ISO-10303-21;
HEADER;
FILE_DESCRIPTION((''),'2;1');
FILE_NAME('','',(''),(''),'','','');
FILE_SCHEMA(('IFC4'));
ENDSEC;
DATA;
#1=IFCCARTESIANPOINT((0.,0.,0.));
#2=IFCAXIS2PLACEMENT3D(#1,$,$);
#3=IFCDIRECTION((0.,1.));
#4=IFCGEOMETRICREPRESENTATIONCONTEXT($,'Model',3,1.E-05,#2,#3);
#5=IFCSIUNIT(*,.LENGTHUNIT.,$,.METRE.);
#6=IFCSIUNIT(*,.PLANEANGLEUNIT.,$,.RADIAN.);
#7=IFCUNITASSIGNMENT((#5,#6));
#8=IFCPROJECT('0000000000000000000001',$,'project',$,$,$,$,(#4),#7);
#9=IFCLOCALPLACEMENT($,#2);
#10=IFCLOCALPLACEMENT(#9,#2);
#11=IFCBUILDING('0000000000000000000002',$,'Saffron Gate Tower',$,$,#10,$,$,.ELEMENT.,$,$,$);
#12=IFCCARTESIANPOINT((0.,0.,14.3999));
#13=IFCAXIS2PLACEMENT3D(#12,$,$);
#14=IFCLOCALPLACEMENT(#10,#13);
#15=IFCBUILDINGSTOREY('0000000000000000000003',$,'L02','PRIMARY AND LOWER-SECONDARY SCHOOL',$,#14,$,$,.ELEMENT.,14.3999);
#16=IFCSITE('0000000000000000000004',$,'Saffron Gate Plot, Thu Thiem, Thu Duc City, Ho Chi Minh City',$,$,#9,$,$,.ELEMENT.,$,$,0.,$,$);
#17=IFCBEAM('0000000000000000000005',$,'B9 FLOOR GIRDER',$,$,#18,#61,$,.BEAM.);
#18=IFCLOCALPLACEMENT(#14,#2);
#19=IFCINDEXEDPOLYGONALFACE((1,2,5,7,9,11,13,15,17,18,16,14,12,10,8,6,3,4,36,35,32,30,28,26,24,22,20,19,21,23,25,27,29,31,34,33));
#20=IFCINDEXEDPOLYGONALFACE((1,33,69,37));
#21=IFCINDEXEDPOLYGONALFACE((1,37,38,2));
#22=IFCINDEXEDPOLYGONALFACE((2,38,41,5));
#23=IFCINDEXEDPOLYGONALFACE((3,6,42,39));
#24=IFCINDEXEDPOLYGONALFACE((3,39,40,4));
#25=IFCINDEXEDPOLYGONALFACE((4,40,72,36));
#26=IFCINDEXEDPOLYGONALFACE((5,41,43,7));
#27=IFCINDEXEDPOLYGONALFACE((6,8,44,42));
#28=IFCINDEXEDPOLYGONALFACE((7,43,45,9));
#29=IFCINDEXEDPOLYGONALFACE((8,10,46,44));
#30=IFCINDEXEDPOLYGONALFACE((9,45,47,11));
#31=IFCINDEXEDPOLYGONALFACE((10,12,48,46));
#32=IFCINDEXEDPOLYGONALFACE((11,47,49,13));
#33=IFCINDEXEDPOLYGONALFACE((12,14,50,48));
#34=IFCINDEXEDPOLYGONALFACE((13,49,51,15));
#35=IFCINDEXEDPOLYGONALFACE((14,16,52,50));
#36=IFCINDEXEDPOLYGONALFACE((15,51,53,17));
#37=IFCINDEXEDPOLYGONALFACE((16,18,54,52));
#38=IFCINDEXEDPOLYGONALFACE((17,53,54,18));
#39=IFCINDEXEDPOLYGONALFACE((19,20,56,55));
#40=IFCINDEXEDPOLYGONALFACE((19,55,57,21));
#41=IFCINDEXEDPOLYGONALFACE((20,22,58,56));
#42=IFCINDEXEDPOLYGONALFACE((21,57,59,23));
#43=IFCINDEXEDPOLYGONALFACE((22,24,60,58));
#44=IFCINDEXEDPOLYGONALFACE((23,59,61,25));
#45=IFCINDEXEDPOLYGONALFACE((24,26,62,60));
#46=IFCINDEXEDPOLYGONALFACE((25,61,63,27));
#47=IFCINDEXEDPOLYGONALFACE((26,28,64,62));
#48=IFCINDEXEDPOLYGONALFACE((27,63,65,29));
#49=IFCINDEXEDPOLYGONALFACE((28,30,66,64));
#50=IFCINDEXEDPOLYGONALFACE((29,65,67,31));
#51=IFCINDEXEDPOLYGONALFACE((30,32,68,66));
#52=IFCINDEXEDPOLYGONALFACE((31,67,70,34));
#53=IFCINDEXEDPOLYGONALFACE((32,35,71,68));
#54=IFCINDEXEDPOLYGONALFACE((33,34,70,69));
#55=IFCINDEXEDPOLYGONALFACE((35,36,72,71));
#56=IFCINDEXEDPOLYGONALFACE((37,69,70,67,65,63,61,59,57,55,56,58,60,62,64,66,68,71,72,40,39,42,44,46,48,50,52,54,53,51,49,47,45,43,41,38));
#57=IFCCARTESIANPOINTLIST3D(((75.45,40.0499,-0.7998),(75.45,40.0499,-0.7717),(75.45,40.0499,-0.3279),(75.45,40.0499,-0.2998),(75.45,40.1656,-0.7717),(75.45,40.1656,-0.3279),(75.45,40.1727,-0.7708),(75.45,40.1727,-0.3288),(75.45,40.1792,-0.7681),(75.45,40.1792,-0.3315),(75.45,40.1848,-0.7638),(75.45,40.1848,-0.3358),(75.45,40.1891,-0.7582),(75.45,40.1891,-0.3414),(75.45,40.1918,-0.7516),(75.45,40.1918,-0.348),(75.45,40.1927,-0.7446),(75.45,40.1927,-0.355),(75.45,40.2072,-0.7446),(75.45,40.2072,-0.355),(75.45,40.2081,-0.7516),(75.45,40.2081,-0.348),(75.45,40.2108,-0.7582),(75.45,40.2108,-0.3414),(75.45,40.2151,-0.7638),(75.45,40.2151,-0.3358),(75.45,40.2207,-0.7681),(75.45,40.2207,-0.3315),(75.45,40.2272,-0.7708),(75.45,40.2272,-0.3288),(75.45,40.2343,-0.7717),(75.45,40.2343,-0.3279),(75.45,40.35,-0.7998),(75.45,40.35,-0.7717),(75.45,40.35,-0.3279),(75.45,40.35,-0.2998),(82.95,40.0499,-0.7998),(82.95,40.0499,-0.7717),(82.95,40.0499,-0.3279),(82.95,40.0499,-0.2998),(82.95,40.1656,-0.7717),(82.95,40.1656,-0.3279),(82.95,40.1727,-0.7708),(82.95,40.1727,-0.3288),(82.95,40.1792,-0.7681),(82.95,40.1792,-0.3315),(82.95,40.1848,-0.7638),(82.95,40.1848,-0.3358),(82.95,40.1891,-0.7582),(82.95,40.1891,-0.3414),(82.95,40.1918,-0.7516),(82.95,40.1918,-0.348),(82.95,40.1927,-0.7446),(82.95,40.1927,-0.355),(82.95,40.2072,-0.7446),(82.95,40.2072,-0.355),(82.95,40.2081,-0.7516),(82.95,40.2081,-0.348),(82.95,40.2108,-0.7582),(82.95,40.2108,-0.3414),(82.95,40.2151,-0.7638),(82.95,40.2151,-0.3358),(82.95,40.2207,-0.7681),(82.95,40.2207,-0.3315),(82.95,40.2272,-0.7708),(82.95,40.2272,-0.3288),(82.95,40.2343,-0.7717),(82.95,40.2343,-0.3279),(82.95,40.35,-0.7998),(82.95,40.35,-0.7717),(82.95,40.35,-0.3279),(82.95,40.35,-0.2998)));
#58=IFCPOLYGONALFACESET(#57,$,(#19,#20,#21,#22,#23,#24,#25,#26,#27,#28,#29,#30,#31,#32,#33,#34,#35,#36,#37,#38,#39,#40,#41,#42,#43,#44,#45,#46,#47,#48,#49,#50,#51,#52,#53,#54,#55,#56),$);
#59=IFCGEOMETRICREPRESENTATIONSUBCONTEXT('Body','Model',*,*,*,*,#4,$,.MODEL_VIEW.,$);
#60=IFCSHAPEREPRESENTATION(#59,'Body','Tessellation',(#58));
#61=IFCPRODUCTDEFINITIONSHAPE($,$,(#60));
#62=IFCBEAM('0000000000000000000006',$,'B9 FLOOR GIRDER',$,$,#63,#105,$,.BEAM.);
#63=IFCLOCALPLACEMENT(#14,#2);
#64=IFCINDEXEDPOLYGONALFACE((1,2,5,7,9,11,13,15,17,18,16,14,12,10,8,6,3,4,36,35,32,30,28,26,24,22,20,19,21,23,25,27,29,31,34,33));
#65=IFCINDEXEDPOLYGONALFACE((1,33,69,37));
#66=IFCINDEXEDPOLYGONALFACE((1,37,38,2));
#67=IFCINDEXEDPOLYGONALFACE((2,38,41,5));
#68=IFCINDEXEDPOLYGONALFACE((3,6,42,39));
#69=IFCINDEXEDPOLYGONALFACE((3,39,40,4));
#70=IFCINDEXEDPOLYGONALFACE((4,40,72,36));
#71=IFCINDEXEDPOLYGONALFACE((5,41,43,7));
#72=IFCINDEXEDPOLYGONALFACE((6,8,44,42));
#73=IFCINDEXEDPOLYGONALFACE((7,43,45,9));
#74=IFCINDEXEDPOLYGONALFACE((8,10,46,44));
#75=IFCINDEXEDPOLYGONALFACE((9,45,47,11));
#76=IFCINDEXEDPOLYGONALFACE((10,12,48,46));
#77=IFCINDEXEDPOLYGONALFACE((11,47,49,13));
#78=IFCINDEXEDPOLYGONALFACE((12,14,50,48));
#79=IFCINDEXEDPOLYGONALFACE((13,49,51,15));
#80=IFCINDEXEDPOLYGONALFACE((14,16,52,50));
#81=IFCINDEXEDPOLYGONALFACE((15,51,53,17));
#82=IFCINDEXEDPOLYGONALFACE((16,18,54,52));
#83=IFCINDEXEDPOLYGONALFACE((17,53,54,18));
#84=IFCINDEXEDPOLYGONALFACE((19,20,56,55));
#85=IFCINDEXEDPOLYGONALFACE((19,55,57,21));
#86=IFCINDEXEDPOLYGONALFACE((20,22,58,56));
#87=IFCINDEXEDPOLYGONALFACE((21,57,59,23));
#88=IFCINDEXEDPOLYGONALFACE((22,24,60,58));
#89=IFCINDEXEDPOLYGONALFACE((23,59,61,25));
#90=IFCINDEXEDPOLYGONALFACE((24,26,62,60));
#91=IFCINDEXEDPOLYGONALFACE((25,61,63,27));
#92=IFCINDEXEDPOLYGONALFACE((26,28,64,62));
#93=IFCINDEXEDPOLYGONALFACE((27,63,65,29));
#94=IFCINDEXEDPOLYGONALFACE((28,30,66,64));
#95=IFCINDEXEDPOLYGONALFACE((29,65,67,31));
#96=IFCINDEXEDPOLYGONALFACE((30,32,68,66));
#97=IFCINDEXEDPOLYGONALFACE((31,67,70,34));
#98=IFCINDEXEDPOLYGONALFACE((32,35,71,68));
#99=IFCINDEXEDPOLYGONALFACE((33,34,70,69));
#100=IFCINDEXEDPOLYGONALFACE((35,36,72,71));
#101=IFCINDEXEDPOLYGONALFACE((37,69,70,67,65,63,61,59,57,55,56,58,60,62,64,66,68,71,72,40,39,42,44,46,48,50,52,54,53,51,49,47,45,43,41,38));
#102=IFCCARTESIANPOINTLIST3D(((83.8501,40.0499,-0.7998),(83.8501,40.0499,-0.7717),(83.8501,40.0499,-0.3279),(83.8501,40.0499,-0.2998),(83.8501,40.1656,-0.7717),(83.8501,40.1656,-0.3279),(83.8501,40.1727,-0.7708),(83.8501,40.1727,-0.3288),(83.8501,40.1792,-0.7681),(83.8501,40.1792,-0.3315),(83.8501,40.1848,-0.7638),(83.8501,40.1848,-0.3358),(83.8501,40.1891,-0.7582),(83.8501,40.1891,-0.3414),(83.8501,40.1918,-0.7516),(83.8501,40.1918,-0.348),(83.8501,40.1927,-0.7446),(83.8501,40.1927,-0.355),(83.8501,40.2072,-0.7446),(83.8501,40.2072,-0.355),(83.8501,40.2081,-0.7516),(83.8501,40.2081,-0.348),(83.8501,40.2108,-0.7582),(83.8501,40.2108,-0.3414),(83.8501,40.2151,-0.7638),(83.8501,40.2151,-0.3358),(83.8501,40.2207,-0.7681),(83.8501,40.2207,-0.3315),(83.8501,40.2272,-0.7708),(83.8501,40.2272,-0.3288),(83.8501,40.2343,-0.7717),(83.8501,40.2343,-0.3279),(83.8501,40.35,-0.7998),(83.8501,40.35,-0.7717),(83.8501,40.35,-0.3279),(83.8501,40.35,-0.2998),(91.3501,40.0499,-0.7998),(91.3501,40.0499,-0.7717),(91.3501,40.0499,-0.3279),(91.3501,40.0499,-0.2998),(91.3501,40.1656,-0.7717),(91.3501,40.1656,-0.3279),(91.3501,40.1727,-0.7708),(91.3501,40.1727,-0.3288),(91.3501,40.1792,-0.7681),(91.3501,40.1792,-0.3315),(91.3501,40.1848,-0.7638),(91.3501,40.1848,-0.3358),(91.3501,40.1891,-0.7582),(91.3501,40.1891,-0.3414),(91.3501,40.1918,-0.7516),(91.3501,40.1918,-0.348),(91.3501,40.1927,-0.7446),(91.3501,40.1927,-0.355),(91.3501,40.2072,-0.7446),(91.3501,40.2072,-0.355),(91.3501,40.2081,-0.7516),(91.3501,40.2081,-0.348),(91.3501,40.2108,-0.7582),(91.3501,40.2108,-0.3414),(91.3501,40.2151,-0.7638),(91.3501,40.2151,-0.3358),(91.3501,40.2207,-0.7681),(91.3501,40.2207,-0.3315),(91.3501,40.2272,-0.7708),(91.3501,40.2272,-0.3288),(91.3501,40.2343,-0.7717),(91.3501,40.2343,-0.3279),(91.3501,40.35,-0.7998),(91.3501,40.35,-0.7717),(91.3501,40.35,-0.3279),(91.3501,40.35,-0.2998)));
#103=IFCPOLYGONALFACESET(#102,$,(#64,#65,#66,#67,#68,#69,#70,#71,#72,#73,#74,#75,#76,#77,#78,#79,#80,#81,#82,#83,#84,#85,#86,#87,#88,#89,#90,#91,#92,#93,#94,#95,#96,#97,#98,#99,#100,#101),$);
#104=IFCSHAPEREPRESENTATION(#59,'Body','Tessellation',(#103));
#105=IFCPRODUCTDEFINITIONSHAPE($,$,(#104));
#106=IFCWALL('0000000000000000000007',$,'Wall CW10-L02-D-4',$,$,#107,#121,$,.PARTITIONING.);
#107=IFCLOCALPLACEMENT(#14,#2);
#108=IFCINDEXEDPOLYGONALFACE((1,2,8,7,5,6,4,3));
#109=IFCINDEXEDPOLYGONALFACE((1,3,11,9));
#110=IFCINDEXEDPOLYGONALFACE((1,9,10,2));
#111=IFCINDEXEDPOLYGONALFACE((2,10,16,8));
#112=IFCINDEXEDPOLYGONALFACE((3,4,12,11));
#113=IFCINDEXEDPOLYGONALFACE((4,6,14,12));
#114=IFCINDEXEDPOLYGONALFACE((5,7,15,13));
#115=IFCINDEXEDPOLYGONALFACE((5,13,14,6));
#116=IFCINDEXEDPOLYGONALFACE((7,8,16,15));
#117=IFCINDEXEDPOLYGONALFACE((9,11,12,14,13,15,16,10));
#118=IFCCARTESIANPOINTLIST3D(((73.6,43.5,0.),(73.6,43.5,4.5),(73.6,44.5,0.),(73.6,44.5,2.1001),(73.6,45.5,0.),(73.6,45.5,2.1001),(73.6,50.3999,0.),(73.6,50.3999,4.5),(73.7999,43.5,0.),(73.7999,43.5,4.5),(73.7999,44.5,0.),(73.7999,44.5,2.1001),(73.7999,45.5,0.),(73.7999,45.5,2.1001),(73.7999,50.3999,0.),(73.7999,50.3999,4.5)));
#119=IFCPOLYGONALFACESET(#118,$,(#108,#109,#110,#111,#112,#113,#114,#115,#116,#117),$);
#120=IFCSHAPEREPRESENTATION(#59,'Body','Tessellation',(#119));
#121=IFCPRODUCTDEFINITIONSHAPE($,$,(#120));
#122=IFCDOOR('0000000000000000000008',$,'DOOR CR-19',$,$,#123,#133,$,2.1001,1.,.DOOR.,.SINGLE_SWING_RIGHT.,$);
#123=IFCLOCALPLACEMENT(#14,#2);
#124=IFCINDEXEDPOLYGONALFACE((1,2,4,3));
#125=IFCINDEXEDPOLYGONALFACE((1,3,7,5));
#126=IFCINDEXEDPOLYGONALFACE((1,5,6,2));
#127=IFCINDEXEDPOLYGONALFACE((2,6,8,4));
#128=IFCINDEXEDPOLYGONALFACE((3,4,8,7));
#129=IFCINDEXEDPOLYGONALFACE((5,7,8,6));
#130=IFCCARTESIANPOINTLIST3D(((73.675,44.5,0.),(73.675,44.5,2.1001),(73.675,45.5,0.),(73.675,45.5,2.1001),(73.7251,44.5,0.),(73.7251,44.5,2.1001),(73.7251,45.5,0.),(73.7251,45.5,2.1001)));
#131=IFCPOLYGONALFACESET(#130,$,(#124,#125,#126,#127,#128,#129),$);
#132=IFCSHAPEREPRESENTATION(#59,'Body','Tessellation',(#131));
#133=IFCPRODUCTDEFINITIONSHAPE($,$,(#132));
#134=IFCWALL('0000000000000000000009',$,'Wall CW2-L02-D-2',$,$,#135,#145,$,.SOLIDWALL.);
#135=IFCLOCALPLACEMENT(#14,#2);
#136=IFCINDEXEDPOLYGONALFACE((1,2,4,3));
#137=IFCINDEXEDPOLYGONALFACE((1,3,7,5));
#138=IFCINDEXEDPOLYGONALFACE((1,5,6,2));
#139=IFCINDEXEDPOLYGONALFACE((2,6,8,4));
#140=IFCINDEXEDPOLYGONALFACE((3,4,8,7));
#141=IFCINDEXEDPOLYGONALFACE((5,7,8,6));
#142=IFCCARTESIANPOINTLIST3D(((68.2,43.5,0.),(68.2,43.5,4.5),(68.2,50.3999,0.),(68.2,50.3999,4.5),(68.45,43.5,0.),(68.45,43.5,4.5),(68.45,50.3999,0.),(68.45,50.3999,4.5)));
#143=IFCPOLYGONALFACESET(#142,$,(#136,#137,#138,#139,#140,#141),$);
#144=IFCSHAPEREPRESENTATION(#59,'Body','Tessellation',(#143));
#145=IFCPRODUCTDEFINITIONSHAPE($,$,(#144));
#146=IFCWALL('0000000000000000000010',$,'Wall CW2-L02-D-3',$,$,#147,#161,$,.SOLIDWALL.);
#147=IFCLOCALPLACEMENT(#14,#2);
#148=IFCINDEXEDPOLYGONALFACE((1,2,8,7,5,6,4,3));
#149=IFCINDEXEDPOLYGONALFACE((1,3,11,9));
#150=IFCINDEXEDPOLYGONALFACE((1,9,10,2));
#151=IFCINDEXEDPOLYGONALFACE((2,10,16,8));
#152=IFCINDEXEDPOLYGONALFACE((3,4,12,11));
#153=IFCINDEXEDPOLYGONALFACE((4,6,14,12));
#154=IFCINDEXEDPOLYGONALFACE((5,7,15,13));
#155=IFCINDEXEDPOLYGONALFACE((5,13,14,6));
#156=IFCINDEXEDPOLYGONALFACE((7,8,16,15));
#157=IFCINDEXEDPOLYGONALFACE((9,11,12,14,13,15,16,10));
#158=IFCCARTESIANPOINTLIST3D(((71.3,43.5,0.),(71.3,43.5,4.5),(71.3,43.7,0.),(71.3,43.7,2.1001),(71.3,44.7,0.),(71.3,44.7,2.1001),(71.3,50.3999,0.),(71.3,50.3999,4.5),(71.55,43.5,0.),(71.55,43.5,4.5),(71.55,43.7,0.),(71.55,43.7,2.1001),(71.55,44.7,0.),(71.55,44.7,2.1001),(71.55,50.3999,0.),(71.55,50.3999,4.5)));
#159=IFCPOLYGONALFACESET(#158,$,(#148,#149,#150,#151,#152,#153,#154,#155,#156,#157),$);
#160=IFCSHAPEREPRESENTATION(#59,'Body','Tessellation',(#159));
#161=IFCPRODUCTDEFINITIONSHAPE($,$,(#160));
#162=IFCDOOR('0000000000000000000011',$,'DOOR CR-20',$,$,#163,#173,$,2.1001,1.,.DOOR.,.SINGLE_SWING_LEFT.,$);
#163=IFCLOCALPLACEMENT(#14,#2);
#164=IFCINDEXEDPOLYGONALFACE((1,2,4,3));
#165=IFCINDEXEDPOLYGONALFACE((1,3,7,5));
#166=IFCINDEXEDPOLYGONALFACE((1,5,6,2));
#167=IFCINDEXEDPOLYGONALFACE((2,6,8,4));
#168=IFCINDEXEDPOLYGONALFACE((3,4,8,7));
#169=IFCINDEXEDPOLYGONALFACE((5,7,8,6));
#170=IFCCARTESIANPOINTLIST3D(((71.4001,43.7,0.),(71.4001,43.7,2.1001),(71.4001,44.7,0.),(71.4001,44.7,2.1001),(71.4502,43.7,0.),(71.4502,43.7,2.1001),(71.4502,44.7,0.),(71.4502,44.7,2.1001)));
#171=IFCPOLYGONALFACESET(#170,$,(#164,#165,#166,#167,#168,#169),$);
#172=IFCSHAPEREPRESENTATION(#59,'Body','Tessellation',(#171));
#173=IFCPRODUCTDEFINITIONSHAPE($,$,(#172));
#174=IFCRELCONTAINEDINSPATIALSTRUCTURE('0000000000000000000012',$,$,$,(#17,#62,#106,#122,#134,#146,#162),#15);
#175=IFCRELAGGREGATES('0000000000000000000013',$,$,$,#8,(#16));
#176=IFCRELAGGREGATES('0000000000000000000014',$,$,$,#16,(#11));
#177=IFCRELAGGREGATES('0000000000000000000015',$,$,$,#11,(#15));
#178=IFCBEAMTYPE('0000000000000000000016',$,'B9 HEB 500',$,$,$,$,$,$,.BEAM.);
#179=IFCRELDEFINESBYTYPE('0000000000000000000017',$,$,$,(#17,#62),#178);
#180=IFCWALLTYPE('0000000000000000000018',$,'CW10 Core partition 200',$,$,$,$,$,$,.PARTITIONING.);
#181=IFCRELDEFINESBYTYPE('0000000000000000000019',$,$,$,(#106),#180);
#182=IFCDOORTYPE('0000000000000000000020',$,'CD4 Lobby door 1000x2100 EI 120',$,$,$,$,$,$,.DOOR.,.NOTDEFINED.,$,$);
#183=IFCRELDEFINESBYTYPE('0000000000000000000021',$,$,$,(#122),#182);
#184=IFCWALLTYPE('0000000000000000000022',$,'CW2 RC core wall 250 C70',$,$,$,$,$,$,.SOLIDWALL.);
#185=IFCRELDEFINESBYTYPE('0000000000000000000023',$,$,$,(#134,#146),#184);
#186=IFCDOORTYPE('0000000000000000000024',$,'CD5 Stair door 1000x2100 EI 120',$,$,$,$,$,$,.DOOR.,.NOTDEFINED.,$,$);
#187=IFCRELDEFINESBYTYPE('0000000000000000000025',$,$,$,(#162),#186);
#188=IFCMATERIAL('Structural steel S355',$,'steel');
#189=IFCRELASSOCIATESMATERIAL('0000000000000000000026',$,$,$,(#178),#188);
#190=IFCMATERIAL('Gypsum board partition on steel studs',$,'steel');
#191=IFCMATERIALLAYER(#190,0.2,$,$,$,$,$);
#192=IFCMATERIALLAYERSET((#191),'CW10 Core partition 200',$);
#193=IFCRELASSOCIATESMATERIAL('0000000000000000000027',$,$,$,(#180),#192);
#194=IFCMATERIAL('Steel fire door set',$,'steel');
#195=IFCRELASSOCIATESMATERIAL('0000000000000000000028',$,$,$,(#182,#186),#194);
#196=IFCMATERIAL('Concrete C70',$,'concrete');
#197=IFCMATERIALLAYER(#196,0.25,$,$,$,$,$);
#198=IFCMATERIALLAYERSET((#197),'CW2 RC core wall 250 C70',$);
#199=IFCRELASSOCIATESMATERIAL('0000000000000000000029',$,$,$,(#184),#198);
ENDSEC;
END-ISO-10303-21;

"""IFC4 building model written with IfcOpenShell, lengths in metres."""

from ifc_helpers import new_model, si_unit, direction, frame, frame_2d, origin, origin_2d, place, context, subcontext, project, spatial, rectangle, i_section, extrude, material, layer, layer_set, material_profile, profile_set, type_object, element, fill, save


model = new_model("IFC4")

# Units and contexts
model_context = context("Model", 3, precision=1e-05, world=origin(), true_north=direction((0.0, 1.0)))
body_context = subcontext(model_context, "Body", "Model", "MODEL_VIEW")
ifc_project = project(units=[si_unit("LENGTHUNIT", "METRE"), si_unit("PLANEANGLEUNIT", "RADIAN")], contexts=[model_context])

# Site, building, storey
site_placement = place(None, origin())
site = spatial("IfcSite", under=ifc_project, at=site_placement, Name="Saffron Gate Plot, Thu Thiem, Thu Duc City, Ho Chi Minh City", CompositionType="ELEMENT", RefElevation=0.0)
building_placement = place(site_placement, origin())
building = spatial("IfcBuilding", under=site, at=building_placement, Name="Saffron Gate Tower", CompositionType="ELEMENT")
storey_placement = place(building_placement, frame((0.0, 0.0, 14.3999)))
storey = spatial("IfcBuildingStorey", under=building, at=storey_placement, Name="L02", Description="PRIMARY AND LOWER-SECONDARY SCHOOL", CompositionType="ELEMENT", Elevation=14.3999)

# Beams
ifc_material_1 = material(Name="Structural steel S355", Category="steel")
ifc_material_profile_1 = material_profile(ifc_material_1, i_section(OverallWidth=0.3, OverallDepth=0.5, WebThickness=0.0144, FlangeThickness=0.0281, FilletRadius=0.0271, at=origin_2d()))
ifc_profile_set_1 = profile_set([ifc_material_profile_1], Name="Structural steel S355")
beam_type_1 = type_object("IfcBeamType", Name="B9 HEB 500", PredefinedType="BEAM", material=ifc_profile_set_1)
for number, where, z_axis, x_axis, name in (
    (1, (75.45, 40.2, -0.5498), (1.0, 0.0, 0.0), (0.0, 1.0, 0.0), "B9 FLOOR GIRDER"),
    (2, (83.8501, 40.2, -0.5498), (1.0, 0.0, 0.0), (0.0, 1.0, 0.0), "B9 FLOOR GIRDER"),
):
    element("IfcBeam", number, at=place(storey_placement, frame(where, z_axis=z_axis, x_axis=x_axis)), inside=storey, type_object=beam_type_1, Name=name, PredefinedType="BEAM", context=body_context, shape_type="SweptSolid", body=[
        extrude(i_section(OverallWidth=0.3, OverallDepth=0.5, WebThickness=0.0144, FlangeThickness=0.0281, FilletRadius=0.0271, at=origin_2d()), origin(), (0.0, 0.0, 1.0), 7.5),
    ])

# Wall, opening, door
ifc_material_2 = material(Name="Gypsum board partition on steel studs", Category="steel")
ifc_layer_1 = layer(ifc_material_2, 0.2)
ifc_layer_set_1 = layer_set([ifc_layer_1], Name="CW10 Core partition 200")
wall_type_1 = type_object("IfcWallType", Name="CW10 Core partition 200", PredefinedType="PARTITIONING", material=ifc_layer_set_1)
wall_1_placement = place(storey_placement, frame((73.7, 43.5, 0.0), z_axis=(0.0, 0.0, 1.0), x_axis=(0.0, 1.0, 0.0)))
wall_1 = element("IfcWall", 3, at=wall_1_placement, inside=storey, type_object=wall_type_1, Name="Wall CW10-L02-D-4", PredefinedType="PARTITIONING", context=body_context, shape_type="SweptSolid", body=[
    extrude(rectangle(XDim=6.8999, YDim=0.2, at=frame_2d((3.45, 0.0))), origin(), (0.0, 0.0, 1.0), 4.5),
])
opening_1_placement = place(wall_1_placement, frame((1.0, 0.0, 0.0)))
opening_1 = element("IfcOpeningElement", 4, at=opening_1_placement, cuts=wall_1, PredefinedType="OPENING", context=body_context, shape_type="SweptSolid", body=[
    extrude(rectangle(XDim=1.0, YDim=2.1001, at=frame_2d((0.5, 1.05))), frame((0.0, 0.1099, 0.0), z_axis=(0.0, -1.0, 0.0), x_axis=(1.0, 0.0, 0.0)), (0.0, 0.0, 1.0), 0.22),
])
ifc_material_3 = material(Name="Steel fire door set", Category="steel")
door_type_1 = type_object("IfcDoorType", Name="CD4 Lobby door 1000x2100 EI 120", OperationType="NOTDEFINED", PredefinedType="DOOR", material=ifc_material_3)
door_1_placement = place(opening_1_placement, origin())
door_1 = element("IfcDoor", 5, at=door_1_placement, inside=storey, type_object=door_type_1, Name="DOOR CR-19", OperationType="SINGLE_SWING_RIGHT", OverallHeight=2.1001, OverallWidth=1.0, PredefinedType="DOOR", context=body_context, shape_type="SweptSolid", body=[
    extrude(rectangle(XDim=1.0, YDim=2.1001, at=frame_2d((0.5, 1.05))), frame((0.0, 0.0249, 0.0), z_axis=(0.0, -1.0, 0.0), x_axis=(1.0, 0.0, 0.0)), (0.0, 0.0, 1.0), 0.05),
])
fill(opening_1, door_1)

# Wall
ifc_material_4 = material(Name="Concrete C70", Category="concrete")
ifc_layer_2 = layer(ifc_material_4, 0.25)
ifc_layer_set_2 = layer_set([ifc_layer_2], Name="CW2 RC core wall 250 C70")
wall_type_2 = type_object("IfcWallType", Name="CW2 RC core wall 250 C70", PredefinedType="SOLIDWALL", material=ifc_layer_set_2)
wall_2_placement = place(storey_placement, frame((68.325, 43.5, 0.0), z_axis=(0.0, 0.0, 1.0), x_axis=(0.0, 1.0, 0.0)))
element("IfcWall", 6, at=wall_2_placement, inside=storey, type_object=wall_type_2, Name="Wall CW2-L02-D-2", PredefinedType="SOLIDWALL", context=body_context, shape_type="SweptSolid", body=[
    extrude(rectangle(XDim=6.8999, YDim=0.25, at=frame_2d((3.45, 0.0))), origin(), (0.0, 0.0, 1.0), 4.5),
])

# Wall, opening, door
wall_3_placement = place(storey_placement, frame((71.425, 43.5, 0.0), z_axis=(0.0, 0.0, 1.0), x_axis=(0.0, 1.0, 0.0)))
wall_3 = element("IfcWall", 7, at=wall_3_placement, inside=storey, type_object=wall_type_2, Name="Wall CW2-L02-D-3", PredefinedType="SOLIDWALL", context=body_context, shape_type="SweptSolid", body=[
    extrude(rectangle(XDim=6.8999, YDim=0.25, at=frame_2d((3.45, 0.0))), origin(), (0.0, 0.0, 1.0), 4.5),
])
opening_2_placement = place(wall_3_placement, frame((0.2, 0.0, 0.0)))
opening_2 = element("IfcOpeningElement", 8, at=opening_2_placement, cuts=wall_3, PredefinedType="OPENING", context=body_context, shape_type="SweptSolid", body=[
    extrude(rectangle(XDim=1.0, YDim=2.1001, at=frame_2d((0.5, 1.05))), frame((0.0, 0.135, 0.0), z_axis=(0.0, -1.0, 0.0), x_axis=(1.0, 0.0, 0.0)), (0.0, 0.0, 1.0), 0.27),
])
door_type_2 = type_object("IfcDoorType", Name="CD5 Stair door 1000x2100 EI 120", OperationType="NOTDEFINED", PredefinedType="DOOR", material=ifc_material_3)
door_2_placement = place(opening_2_placement, origin())
door_2 = element("IfcDoor", 9, at=door_2_placement, inside=storey, type_object=door_type_2, Name="DOOR CR-20", OperationType="SINGLE_SWING_LEFT", OverallHeight=2.1001, OverallWidth=1.0, PredefinedType="DOOR", context=body_context, shape_type="SweptSolid", body=[
    extrude(rectangle(XDim=1.0, YDim=2.1001, at=frame_2d((0.5, 1.05))), frame((0.0, 0.0249, 0.0), z_axis=(0.0, -1.0, 0.0), x_axis=(1.0, 0.0, 0.0)), (0.0, 0.0, 1.0), 0.05),
])
fill(opening_2, door_2)

save(model, "model.ifc")
